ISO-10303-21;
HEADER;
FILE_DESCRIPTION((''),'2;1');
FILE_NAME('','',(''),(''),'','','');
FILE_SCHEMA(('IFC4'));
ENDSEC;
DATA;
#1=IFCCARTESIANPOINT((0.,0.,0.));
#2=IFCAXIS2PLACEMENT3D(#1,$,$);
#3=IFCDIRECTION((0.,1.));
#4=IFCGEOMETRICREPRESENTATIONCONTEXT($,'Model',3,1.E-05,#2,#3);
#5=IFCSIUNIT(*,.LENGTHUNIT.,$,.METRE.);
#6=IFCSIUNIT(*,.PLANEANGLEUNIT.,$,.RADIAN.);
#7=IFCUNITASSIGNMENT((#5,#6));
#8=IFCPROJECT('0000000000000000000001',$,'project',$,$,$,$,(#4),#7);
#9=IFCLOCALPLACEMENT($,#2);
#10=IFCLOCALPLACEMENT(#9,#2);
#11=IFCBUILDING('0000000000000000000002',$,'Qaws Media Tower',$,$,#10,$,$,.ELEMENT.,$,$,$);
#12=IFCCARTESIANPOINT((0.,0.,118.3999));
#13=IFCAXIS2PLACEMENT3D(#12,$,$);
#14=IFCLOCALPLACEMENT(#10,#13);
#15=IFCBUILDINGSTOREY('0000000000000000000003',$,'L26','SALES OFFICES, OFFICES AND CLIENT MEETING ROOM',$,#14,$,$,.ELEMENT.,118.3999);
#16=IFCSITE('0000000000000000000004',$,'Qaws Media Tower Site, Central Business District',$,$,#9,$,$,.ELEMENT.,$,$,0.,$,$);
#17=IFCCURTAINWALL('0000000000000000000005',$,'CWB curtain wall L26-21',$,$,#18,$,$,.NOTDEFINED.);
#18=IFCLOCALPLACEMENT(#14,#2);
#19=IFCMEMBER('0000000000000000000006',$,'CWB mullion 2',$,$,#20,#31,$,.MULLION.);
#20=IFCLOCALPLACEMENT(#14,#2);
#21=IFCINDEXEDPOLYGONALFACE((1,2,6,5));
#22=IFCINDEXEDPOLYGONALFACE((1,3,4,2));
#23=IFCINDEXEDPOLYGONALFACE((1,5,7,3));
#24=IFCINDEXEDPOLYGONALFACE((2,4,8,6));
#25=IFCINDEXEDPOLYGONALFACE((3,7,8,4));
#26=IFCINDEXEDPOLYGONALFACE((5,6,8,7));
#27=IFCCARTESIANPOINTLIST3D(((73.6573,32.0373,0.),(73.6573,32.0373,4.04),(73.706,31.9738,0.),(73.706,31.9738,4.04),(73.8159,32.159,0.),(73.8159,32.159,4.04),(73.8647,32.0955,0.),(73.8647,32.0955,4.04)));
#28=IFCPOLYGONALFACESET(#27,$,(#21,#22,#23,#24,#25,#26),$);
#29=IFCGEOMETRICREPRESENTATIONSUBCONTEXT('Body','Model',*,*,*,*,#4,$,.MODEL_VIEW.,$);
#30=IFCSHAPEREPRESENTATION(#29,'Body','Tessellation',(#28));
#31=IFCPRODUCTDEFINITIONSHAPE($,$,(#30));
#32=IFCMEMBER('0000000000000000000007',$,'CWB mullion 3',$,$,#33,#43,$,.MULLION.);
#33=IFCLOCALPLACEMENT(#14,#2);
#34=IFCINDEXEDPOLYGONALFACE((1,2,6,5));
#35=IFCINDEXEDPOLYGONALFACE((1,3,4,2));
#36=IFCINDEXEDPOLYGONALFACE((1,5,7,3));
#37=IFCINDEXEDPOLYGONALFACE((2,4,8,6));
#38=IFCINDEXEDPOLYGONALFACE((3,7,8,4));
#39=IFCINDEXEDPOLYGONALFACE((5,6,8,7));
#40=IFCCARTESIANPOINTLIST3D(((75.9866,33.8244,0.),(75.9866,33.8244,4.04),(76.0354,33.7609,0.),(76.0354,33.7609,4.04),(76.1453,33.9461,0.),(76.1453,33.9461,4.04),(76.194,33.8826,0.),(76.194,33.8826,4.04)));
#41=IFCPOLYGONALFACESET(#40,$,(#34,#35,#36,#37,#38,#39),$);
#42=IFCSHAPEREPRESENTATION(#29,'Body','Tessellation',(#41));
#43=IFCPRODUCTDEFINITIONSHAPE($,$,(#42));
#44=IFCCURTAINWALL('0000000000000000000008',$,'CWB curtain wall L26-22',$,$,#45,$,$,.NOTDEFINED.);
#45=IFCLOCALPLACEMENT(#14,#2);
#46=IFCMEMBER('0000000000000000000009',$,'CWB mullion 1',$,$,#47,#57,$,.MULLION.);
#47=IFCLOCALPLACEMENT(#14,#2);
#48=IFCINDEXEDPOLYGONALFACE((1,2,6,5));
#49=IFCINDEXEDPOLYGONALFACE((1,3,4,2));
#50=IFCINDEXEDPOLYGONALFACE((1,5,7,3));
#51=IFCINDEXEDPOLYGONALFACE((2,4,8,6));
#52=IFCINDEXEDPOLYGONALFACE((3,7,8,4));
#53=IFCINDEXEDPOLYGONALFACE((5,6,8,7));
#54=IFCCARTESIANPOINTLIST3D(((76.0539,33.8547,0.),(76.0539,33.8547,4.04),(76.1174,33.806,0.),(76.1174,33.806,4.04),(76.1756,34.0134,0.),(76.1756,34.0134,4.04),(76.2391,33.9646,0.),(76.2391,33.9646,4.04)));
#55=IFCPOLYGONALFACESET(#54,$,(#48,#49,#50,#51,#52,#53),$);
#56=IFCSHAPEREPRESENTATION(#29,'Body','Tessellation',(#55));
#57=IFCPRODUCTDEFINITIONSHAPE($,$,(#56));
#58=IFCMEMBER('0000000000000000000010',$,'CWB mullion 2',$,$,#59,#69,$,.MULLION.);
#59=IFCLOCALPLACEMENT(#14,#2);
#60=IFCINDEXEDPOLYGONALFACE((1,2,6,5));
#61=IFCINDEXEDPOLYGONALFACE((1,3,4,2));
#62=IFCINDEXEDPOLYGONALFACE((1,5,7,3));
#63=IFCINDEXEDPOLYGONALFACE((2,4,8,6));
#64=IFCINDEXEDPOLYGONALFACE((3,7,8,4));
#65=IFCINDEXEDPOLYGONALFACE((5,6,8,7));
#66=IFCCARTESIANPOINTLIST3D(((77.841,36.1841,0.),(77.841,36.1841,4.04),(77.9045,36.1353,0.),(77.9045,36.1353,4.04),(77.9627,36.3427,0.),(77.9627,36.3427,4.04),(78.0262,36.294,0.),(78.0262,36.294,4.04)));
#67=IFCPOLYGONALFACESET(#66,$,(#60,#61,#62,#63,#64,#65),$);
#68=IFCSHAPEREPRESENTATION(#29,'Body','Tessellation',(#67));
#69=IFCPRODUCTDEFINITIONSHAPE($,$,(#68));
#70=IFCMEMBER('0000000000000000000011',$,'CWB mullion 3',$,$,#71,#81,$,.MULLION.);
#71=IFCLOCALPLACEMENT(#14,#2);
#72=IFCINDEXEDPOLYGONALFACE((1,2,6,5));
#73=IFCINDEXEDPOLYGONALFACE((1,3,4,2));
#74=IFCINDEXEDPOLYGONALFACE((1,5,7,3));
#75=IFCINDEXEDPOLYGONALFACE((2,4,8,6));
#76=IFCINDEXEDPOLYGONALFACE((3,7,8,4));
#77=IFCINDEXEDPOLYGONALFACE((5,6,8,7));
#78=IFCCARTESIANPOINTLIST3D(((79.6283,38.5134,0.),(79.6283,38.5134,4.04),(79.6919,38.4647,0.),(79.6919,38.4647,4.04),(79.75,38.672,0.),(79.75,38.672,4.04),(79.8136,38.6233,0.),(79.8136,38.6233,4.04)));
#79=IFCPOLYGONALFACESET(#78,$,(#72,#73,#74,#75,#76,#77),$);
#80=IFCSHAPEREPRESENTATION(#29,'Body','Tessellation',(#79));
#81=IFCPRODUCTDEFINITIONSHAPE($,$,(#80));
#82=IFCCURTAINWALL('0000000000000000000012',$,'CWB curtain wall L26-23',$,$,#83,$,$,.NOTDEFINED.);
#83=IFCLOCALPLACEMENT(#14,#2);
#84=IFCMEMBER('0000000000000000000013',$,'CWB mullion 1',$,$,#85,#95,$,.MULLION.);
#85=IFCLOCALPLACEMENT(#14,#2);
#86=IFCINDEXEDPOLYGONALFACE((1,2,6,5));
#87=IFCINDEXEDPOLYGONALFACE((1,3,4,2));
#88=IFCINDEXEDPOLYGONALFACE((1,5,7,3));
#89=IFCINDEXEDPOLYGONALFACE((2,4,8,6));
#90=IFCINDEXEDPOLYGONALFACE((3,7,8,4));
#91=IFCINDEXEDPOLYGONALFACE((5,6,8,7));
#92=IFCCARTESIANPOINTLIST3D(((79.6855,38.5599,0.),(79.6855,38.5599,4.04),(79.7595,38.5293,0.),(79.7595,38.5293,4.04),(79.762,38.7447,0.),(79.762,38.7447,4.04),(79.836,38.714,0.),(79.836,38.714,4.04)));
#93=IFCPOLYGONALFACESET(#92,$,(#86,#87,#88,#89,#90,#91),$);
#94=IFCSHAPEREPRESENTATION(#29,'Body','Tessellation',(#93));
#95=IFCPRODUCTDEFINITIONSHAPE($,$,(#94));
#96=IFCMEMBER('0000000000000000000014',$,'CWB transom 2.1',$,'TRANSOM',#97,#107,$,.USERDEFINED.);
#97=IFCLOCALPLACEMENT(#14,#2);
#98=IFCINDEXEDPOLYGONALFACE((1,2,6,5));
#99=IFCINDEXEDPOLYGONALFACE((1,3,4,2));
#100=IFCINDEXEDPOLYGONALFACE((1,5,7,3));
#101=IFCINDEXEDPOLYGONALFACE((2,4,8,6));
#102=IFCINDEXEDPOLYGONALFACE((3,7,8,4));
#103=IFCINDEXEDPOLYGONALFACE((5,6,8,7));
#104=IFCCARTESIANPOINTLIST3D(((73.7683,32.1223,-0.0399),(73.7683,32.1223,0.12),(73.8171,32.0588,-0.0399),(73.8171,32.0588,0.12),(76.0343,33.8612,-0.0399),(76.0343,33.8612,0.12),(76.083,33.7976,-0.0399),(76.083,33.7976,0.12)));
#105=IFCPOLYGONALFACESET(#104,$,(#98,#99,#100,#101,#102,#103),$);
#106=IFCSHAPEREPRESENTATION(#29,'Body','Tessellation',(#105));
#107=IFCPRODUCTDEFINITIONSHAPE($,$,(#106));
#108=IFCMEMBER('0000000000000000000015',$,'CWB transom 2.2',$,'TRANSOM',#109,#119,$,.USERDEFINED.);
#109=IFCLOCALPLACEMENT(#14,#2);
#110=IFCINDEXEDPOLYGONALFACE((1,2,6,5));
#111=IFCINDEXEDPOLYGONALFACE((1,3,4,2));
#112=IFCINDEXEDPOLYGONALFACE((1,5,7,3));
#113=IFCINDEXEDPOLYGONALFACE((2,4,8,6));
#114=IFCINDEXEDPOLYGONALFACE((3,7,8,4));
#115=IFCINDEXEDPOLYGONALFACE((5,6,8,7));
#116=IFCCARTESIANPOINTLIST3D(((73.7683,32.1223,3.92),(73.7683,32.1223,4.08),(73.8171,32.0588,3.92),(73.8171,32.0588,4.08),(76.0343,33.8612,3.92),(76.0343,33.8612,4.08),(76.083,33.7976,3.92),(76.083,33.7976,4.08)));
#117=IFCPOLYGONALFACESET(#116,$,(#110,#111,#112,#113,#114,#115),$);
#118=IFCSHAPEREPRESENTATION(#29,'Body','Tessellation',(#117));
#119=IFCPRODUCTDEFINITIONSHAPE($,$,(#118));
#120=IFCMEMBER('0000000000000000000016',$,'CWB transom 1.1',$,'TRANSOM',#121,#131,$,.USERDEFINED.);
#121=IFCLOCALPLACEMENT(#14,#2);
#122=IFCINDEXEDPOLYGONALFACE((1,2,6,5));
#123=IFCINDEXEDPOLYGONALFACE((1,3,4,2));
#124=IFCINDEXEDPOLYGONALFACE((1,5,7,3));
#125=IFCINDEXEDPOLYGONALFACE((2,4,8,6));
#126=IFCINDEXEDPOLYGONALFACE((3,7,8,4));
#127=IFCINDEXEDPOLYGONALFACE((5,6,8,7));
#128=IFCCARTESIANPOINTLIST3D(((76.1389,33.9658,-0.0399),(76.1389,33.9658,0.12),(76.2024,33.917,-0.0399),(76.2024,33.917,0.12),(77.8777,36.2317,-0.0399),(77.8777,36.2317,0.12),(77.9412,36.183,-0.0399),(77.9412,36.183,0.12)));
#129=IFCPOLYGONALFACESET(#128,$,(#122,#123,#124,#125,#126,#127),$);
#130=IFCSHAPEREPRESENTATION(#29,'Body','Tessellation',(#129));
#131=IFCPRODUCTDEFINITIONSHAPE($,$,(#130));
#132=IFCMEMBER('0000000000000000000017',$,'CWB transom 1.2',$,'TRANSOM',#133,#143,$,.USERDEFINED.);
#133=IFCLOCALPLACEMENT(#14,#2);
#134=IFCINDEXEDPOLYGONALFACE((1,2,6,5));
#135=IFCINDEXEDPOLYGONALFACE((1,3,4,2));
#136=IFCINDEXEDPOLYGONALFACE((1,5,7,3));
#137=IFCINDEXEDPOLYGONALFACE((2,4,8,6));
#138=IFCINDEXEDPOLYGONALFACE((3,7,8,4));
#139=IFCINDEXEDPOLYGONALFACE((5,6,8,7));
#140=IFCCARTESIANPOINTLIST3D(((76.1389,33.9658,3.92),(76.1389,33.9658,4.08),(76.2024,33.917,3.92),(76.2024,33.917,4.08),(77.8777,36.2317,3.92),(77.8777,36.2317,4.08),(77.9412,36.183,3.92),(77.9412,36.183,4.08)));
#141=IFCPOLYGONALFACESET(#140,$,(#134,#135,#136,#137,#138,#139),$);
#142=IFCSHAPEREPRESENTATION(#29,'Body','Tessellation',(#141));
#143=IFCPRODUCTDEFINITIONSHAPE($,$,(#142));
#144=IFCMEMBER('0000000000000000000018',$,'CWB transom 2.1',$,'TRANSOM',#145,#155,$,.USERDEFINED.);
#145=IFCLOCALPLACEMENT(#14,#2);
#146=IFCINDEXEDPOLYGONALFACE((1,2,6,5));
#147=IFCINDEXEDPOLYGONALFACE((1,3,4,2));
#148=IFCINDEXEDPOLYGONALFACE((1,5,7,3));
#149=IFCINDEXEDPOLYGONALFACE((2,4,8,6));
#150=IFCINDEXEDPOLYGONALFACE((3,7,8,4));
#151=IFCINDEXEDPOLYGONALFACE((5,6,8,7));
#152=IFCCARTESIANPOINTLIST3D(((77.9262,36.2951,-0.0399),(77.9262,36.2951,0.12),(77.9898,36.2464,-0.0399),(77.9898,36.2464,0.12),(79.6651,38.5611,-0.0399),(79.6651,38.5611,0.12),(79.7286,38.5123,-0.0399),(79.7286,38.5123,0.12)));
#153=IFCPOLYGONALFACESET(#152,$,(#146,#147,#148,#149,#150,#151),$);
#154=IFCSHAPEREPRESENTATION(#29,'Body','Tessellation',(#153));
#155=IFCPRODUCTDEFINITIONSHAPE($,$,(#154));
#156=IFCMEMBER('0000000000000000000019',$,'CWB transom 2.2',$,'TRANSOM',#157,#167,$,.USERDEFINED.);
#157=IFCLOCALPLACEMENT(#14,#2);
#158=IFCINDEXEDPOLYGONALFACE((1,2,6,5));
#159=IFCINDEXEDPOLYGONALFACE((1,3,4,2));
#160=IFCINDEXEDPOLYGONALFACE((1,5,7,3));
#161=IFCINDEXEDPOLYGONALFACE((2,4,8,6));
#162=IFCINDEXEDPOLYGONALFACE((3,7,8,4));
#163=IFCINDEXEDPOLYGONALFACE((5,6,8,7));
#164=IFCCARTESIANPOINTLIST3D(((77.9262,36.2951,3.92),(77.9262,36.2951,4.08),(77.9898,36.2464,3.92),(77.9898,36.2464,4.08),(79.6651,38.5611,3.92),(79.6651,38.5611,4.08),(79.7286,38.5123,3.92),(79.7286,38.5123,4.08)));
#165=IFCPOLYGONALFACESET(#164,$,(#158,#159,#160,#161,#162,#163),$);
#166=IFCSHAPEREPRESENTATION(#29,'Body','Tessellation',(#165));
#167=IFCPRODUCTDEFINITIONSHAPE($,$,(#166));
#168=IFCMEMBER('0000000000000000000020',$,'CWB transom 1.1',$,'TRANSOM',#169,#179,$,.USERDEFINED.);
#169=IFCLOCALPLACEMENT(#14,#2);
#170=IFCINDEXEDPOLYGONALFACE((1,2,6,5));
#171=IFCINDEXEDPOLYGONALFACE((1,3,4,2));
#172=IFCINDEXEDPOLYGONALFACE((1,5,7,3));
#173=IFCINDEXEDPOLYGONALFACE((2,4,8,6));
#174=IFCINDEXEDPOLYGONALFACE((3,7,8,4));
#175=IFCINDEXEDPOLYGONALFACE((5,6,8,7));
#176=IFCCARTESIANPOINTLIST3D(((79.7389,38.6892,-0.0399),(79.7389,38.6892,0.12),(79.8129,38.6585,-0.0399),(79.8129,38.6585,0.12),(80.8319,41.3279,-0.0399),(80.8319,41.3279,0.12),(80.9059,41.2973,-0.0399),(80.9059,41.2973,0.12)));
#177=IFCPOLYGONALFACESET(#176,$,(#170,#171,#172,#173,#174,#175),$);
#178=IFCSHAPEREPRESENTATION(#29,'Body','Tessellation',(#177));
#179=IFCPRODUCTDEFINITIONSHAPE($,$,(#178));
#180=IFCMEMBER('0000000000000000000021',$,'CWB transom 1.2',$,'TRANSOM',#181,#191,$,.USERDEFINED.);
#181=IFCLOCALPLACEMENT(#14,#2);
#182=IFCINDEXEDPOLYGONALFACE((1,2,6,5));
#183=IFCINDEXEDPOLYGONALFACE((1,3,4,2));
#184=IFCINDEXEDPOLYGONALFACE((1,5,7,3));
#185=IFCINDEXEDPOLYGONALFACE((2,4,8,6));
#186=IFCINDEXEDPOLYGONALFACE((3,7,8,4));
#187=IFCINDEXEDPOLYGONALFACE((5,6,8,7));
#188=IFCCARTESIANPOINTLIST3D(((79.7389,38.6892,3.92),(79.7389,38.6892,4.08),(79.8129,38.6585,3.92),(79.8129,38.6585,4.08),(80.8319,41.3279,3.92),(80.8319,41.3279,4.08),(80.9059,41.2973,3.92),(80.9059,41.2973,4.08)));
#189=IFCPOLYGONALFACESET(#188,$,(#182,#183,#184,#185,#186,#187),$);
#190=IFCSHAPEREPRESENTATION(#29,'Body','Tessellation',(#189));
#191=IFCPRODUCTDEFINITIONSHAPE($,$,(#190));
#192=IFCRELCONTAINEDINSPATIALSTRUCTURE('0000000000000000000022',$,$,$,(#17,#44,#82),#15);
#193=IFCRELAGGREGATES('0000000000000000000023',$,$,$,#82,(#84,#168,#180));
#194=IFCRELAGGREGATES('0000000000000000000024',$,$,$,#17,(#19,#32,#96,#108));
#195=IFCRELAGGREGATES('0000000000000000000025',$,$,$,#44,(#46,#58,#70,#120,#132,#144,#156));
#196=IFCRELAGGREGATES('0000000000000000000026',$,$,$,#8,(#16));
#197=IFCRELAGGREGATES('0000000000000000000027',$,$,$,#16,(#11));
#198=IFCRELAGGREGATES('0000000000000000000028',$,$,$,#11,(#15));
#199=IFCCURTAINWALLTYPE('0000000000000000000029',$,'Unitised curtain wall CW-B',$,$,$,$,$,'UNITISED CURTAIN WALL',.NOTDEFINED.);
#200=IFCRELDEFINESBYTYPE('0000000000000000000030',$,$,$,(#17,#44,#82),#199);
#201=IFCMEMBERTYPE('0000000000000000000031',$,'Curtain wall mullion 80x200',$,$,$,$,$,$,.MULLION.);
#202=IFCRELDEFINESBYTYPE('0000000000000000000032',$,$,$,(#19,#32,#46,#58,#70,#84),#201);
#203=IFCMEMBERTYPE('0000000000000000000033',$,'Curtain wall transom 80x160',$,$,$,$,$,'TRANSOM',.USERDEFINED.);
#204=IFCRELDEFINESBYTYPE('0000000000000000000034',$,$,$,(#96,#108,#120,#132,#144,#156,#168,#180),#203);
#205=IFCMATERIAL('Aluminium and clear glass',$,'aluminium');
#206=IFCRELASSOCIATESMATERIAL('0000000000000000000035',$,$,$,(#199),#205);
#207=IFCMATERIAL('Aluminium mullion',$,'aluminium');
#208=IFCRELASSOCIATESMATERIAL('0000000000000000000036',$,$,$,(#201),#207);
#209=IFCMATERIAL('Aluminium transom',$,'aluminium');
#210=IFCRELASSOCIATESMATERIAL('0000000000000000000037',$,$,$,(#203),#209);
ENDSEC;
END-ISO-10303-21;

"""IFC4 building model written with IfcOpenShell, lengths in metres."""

from ifc_helpers import new_model, si_unit, direction, frame, origin, origin_2d, place, context, subcontext, project, spatial, rectangle, extrude, material, material_profile, profile_set, type_object, element, aggregate, save


model = new_model("IFC4")

# Units and contexts
model_context = context("Model", 3, precision=1e-05, world=origin(), true_north=direction((0.0, 1.0)))
body_context = subcontext(model_context, "Body", "Model", "MODEL_VIEW")
ifc_project = project(units=[si_unit("LENGTHUNIT", "METRE"), si_unit("PLANEANGLEUNIT", "RADIAN")], contexts=[model_context])

# Site, building, storey
site_placement = place(None, origin())
site = spatial("IfcSite", under=ifc_project, at=site_placement, Name="Qaws Media Tower Site, Central Business District", CompositionType="ELEMENT", RefElevation=0.0)
building_placement = place(site_placement, origin())
building = spatial("IfcBuilding", under=site, at=building_placement, Name="Qaws Media Tower", CompositionType="ELEMENT")
storey_placement = place(building_placement, frame((0.0, 0.0, 118.3999)))
storey = spatial("IfcBuildingStorey", under=building, at=storey_placement, Name="L26", Description="SALES OFFICES, OFFICES AND CLIENT MEETING ROOM", CompositionType="ELEMENT", Elevation=118.3999)

# Curtain walls, members
ifc_material_1 = material(Name="Aluminium and clear glass", Category="aluminium")
curtain_wall_type = type_object("IfcCurtainWallType", Name="Unitised curtain wall CW-B", ElementType="UNITISED CURTAIN WALL", PredefinedType="NOTDEFINED", material=ifc_material_1)
curtain_wall_1_placement = place(storey_placement, origin())
curtain_wall_1 = element("IfcCurtainWall", 1, at=curtain_wall_1_placement, inside=storey, type_object=curtain_wall_type, Name="CWB curtain wall L26-21", PredefinedType="NOTDEFINED")
ifc_material_2 = material(Name="Aluminium mullion", Category="aluminium")
ifc_material_profile_1 = material_profile(ifc_material_2, rectangle(XDim=0.0801, YDim=0.2, at=origin_2d()), Name="80x200")
ifc_profile_set_1 = profile_set([ifc_material_profile_1], Name="Aluminium mullion")
member_type_1 = type_object("IfcMemberType", Name="Curtain wall mullion 80x200", PredefinedType="MULLION", material=ifc_profile_set_1)
member_1_placement = place(storey_placement, frame((73.761, 32.0664, 0.0), z_axis=(0.0, 0.0, 1.0), x_axis=(-0.608761, 0.793353, 0.0)))
member_1 = element("IfcMember", 2, at=member_1_placement, type_object=member_type_1, Name="CWB mullion 2", PredefinedType="MULLION", context=body_context, shape_type="SweptSolid", body=[
    extrude(rectangle(XDim=0.0801, YDim=0.2, at=origin_2d()), origin(), (0.0, 0.0, 1.0), 4.04),
])
member_2_placement = place(storey_placement, frame((76.0903, 33.8535, 0.0), z_axis=(0.0, 0.0, 1.0), x_axis=(-0.608761, 0.793353, 0.0)))
member_2 = element("IfcMember", 3, at=member_2_placement, type_object=member_type_1, Name="CWB mullion 3", PredefinedType="MULLION", context=body_context, shape_type="SweptSolid", body=[
    extrude(rectangle(XDim=0.0801, YDim=0.2, at=origin_2d()), origin(), (0.0, 0.0, 1.0), 4.04),
])
curtain_wall_2_placement = place(storey_placement, origin())
curtain_wall_2 = element("IfcCurtainWall", 4, at=curtain_wall_2_placement, inside=storey, type_object=curtain_wall_type, Name="CWB curtain wall L26-22", PredefinedType="NOTDEFINED")
member_3_placement = place(storey_placement, frame((76.1465, 33.9097, 0.0), z_axis=(0.0, 0.0, 1.0), x_axis=(-0.793353, 0.608761, 0.0)))
member_3 = element("IfcMember", 5, at=member_3_placement, type_object=member_type_1, Name="CWB mullion 1", PredefinedType="MULLION", context=body_context, shape_type="SweptSolid", body=[
    extrude(rectangle(XDim=0.0801, YDim=0.2, at=origin_2d()), origin(), (0.0, 0.0, 1.0), 4.04),
])
member_4_placement = place(storey_placement, frame((77.9336, 36.239, 0.0), z_axis=(0.0, 0.0, 1.0), x_axis=(-0.793353, 0.608761, 0.0)))
member_4 = element("IfcMember", 6, at=member_4_placement, type_object=member_type_1, Name="CWB mullion 2", PredefinedType="MULLION", context=body_context, shape_type="SweptSolid", body=[
    extrude(rectangle(XDim=0.0801, YDim=0.2, at=origin_2d()), origin(), (0.0, 0.0, 1.0), 4.04),
])
member_5_placement = place(storey_placement, frame((79.7209, 38.5684, 0.0), z_axis=(0.0, 0.0, 1.0), x_axis=(-0.793353, 0.608761, 0.0)))
member_5 = element("IfcMember", 7, at=member_5_placement, type_object=member_type_1, Name="CWB mullion 3", PredefinedType="MULLION", context=body_context, shape_type="SweptSolid", body=[
    extrude(rectangle(XDim=0.0801, YDim=0.2, at=origin_2d()), origin(), (0.0, 0.0, 1.0), 4.04),
])

# Curtain wall, member
curtain_wall_3_placement = place(storey_placement, origin())
curtain_wall_3 = element("IfcCurtainWall", 8, at=curtain_wall_3_placement, inside=storey, type_object=curtain_wall_type, Name="CWB curtain wall L26-23", PredefinedType="NOTDEFINED")
member_6_placement = place(storey_placement, frame((79.7607, 38.637, 0.0), z_axis=(0.0, 0.0, 1.0), x_axis=(-0.92388, 0.382683, 0.0)))
member_6 = element("IfcMember", 9, at=member_6_placement, type_object=member_type_1, Name="CWB mullion 1", PredefinedType="MULLION", context=body_context, shape_type="SweptSolid", body=[
    extrude(rectangle(XDim=0.0801, YDim=0.2, at=origin_2d()), origin(), (0.0, 0.0, 1.0), 4.04),
])

# Members
ifc_material_3 = material(Name="Aluminium transom", Category="aluminium")
ifc_material_profile_2 = material_profile(ifc_material_3, rectangle(XDim=0.0801, YDim=0.1599, at=origin_2d()), Name="80x160")
ifc_profile_set_2 = profile_set([ifc_material_profile_2], Name="Aluminium transom")
member_type_2 = type_object("IfcMemberType", Name="Curtain wall transom 80x160", ElementType="TRANSOM", PredefinedType="USERDEFINED", material=ifc_profile_set_2)
member_7_placement = place(storey_placement, frame((73.7927, 32.0906, 0.04), z_axis=(0.793335, 0.608785, 0.0), x_axis=(-0.608785, 0.793335, 0.0)))
member_7 = element("IfcMember", 10, at=member_7_placement, type_object=member_type_2, Name="CWB transom 2.1", ObjectType="TRANSOM", PredefinedType="USERDEFINED", context=body_context, shape_type="SweptSolid", body=[
    extrude(rectangle(XDim=0.0801, YDim=0.1599, at=origin_2d()), origin(), (0.0, 0.0, 1.0), 2.8562),
])
member_8_placement = place(storey_placement, frame((73.7927, 32.0906, 4.0), z_axis=(0.793335, 0.608785, 0.0), x_axis=(-0.608785, 0.793335, 0.0)))
member_8 = element("IfcMember", 11, at=member_8_placement, type_object=member_type_2, Name="CWB transom 2.2", ObjectType="TRANSOM", PredefinedType="USERDEFINED", context=body_context, shape_type="SweptSolid", body=[
    extrude(rectangle(XDim=0.0801, YDim=0.1599, at=origin_2d()), origin(), (0.0, 0.0, 1.0), 2.8562),
])
member_9_placement = place(storey_placement, frame((76.1707, 33.9414, 0.04), z_axis=(0.608785, 0.793335, 0.0), x_axis=(-0.793335, 0.608785, 0.0)))
member_9 = element("IfcMember", 12, at=member_9_placement, type_object=member_type_2, Name="CWB transom 1.1", ObjectType="TRANSOM", PredefinedType="USERDEFINED", context=body_context, shape_type="SweptSolid", body=[
    extrude(rectangle(XDim=0.0801, YDim=0.1599, at=origin_2d()), origin(), (0.0, 0.0, 1.0), 2.8562),
])
member_10_placement = place(storey_placement, frame((76.1707, 33.9414, 4.0), z_axis=(0.608785, 0.793335, 0.0), x_axis=(-0.793335, 0.608785, 0.0)))
member_10 = element("IfcMember", 13, at=member_10_placement, type_object=member_type_2, Name="CWB transom 1.2", ObjectType="TRANSOM", PredefinedType="USERDEFINED", context=body_context, shape_type="SweptSolid", body=[
    extrude(rectangle(XDim=0.0801, YDim=0.1599, at=origin_2d()), origin(), (0.0, 0.0, 1.0), 2.8562),
])
member_11_placement = place(storey_placement, frame((77.958, 36.2708, 0.04), z_axis=(0.608785, 0.793335, 0.0), x_axis=(-0.793335, 0.608785, 0.0)))
member_11 = element("IfcMember", 14, at=member_11_placement, type_object=member_type_2, Name="CWB transom 2.1", ObjectType="TRANSOM", PredefinedType="USERDEFINED", context=body_context, shape_type="SweptSolid", body=[
    extrude(rectangle(XDim=0.0801, YDim=0.1599, at=origin_2d()), origin(), (0.0, 0.0, 1.0), 2.8562),
])
member_12_placement = place(storey_placement, frame((77.958, 36.2708, 4.0), z_axis=(0.608785, 0.793335, 0.0), x_axis=(-0.793335, 0.608785, 0.0)))
member_12 = element("IfcMember", 15, at=member_12_placement, type_object=member_type_2, Name="CWB transom 2.2", ObjectType="TRANSOM", PredefinedType="USERDEFINED", context=body_context, shape_type="SweptSolid", body=[
    extrude(rectangle(XDim=0.0801, YDim=0.1599, at=origin_2d()), origin(), (0.0, 0.0, 1.0), 2.8562),
])
member_13_placement = place(storey_placement, frame((79.7759, 38.6738, 0.04), z_axis=(0.382697, 0.923874, 0.0), x_axis=(-0.923874, 0.382697, 0.0)))
member_13 = element("IfcMember", 16, at=member_13_placement, type_object=member_type_2, Name="CWB transom 1.1", ObjectType="TRANSOM", PredefinedType="USERDEFINED", context=body_context, shape_type="SweptSolid", body=[
    extrude(rectangle(XDim=0.0801, YDim=0.1599, at=origin_2d()), origin(), (0.0, 0.0, 1.0), 2.8562),
])
member_14_placement = place(storey_placement, frame((79.7759, 38.6738, 4.0), z_axis=(0.382697, 0.923874, 0.0), x_axis=(-0.923874, 0.382697, 0.0)))
member_14 = element("IfcMember", 17, at=member_14_placement, type_object=member_type_2, Name="CWB transom 1.2", ObjectType="TRANSOM", PredefinedType="USERDEFINED", context=body_context, shape_type="SweptSolid", body=[
    extrude(rectangle(XDim=0.0801, YDim=0.1599, at=origin_2d()), origin(), (0.0, 0.0, 1.0), 2.8562),
])
aggregate(curtain_wall_3, [member_6, member_13, member_14])

aggregate(curtain_wall_1, [member_1, member_2, member_7, member_8])
aggregate(curtain_wall_2, [member_3, member_4, member_5, member_9, member_10, member_11, member_12])

save(model, "model.ifc")
